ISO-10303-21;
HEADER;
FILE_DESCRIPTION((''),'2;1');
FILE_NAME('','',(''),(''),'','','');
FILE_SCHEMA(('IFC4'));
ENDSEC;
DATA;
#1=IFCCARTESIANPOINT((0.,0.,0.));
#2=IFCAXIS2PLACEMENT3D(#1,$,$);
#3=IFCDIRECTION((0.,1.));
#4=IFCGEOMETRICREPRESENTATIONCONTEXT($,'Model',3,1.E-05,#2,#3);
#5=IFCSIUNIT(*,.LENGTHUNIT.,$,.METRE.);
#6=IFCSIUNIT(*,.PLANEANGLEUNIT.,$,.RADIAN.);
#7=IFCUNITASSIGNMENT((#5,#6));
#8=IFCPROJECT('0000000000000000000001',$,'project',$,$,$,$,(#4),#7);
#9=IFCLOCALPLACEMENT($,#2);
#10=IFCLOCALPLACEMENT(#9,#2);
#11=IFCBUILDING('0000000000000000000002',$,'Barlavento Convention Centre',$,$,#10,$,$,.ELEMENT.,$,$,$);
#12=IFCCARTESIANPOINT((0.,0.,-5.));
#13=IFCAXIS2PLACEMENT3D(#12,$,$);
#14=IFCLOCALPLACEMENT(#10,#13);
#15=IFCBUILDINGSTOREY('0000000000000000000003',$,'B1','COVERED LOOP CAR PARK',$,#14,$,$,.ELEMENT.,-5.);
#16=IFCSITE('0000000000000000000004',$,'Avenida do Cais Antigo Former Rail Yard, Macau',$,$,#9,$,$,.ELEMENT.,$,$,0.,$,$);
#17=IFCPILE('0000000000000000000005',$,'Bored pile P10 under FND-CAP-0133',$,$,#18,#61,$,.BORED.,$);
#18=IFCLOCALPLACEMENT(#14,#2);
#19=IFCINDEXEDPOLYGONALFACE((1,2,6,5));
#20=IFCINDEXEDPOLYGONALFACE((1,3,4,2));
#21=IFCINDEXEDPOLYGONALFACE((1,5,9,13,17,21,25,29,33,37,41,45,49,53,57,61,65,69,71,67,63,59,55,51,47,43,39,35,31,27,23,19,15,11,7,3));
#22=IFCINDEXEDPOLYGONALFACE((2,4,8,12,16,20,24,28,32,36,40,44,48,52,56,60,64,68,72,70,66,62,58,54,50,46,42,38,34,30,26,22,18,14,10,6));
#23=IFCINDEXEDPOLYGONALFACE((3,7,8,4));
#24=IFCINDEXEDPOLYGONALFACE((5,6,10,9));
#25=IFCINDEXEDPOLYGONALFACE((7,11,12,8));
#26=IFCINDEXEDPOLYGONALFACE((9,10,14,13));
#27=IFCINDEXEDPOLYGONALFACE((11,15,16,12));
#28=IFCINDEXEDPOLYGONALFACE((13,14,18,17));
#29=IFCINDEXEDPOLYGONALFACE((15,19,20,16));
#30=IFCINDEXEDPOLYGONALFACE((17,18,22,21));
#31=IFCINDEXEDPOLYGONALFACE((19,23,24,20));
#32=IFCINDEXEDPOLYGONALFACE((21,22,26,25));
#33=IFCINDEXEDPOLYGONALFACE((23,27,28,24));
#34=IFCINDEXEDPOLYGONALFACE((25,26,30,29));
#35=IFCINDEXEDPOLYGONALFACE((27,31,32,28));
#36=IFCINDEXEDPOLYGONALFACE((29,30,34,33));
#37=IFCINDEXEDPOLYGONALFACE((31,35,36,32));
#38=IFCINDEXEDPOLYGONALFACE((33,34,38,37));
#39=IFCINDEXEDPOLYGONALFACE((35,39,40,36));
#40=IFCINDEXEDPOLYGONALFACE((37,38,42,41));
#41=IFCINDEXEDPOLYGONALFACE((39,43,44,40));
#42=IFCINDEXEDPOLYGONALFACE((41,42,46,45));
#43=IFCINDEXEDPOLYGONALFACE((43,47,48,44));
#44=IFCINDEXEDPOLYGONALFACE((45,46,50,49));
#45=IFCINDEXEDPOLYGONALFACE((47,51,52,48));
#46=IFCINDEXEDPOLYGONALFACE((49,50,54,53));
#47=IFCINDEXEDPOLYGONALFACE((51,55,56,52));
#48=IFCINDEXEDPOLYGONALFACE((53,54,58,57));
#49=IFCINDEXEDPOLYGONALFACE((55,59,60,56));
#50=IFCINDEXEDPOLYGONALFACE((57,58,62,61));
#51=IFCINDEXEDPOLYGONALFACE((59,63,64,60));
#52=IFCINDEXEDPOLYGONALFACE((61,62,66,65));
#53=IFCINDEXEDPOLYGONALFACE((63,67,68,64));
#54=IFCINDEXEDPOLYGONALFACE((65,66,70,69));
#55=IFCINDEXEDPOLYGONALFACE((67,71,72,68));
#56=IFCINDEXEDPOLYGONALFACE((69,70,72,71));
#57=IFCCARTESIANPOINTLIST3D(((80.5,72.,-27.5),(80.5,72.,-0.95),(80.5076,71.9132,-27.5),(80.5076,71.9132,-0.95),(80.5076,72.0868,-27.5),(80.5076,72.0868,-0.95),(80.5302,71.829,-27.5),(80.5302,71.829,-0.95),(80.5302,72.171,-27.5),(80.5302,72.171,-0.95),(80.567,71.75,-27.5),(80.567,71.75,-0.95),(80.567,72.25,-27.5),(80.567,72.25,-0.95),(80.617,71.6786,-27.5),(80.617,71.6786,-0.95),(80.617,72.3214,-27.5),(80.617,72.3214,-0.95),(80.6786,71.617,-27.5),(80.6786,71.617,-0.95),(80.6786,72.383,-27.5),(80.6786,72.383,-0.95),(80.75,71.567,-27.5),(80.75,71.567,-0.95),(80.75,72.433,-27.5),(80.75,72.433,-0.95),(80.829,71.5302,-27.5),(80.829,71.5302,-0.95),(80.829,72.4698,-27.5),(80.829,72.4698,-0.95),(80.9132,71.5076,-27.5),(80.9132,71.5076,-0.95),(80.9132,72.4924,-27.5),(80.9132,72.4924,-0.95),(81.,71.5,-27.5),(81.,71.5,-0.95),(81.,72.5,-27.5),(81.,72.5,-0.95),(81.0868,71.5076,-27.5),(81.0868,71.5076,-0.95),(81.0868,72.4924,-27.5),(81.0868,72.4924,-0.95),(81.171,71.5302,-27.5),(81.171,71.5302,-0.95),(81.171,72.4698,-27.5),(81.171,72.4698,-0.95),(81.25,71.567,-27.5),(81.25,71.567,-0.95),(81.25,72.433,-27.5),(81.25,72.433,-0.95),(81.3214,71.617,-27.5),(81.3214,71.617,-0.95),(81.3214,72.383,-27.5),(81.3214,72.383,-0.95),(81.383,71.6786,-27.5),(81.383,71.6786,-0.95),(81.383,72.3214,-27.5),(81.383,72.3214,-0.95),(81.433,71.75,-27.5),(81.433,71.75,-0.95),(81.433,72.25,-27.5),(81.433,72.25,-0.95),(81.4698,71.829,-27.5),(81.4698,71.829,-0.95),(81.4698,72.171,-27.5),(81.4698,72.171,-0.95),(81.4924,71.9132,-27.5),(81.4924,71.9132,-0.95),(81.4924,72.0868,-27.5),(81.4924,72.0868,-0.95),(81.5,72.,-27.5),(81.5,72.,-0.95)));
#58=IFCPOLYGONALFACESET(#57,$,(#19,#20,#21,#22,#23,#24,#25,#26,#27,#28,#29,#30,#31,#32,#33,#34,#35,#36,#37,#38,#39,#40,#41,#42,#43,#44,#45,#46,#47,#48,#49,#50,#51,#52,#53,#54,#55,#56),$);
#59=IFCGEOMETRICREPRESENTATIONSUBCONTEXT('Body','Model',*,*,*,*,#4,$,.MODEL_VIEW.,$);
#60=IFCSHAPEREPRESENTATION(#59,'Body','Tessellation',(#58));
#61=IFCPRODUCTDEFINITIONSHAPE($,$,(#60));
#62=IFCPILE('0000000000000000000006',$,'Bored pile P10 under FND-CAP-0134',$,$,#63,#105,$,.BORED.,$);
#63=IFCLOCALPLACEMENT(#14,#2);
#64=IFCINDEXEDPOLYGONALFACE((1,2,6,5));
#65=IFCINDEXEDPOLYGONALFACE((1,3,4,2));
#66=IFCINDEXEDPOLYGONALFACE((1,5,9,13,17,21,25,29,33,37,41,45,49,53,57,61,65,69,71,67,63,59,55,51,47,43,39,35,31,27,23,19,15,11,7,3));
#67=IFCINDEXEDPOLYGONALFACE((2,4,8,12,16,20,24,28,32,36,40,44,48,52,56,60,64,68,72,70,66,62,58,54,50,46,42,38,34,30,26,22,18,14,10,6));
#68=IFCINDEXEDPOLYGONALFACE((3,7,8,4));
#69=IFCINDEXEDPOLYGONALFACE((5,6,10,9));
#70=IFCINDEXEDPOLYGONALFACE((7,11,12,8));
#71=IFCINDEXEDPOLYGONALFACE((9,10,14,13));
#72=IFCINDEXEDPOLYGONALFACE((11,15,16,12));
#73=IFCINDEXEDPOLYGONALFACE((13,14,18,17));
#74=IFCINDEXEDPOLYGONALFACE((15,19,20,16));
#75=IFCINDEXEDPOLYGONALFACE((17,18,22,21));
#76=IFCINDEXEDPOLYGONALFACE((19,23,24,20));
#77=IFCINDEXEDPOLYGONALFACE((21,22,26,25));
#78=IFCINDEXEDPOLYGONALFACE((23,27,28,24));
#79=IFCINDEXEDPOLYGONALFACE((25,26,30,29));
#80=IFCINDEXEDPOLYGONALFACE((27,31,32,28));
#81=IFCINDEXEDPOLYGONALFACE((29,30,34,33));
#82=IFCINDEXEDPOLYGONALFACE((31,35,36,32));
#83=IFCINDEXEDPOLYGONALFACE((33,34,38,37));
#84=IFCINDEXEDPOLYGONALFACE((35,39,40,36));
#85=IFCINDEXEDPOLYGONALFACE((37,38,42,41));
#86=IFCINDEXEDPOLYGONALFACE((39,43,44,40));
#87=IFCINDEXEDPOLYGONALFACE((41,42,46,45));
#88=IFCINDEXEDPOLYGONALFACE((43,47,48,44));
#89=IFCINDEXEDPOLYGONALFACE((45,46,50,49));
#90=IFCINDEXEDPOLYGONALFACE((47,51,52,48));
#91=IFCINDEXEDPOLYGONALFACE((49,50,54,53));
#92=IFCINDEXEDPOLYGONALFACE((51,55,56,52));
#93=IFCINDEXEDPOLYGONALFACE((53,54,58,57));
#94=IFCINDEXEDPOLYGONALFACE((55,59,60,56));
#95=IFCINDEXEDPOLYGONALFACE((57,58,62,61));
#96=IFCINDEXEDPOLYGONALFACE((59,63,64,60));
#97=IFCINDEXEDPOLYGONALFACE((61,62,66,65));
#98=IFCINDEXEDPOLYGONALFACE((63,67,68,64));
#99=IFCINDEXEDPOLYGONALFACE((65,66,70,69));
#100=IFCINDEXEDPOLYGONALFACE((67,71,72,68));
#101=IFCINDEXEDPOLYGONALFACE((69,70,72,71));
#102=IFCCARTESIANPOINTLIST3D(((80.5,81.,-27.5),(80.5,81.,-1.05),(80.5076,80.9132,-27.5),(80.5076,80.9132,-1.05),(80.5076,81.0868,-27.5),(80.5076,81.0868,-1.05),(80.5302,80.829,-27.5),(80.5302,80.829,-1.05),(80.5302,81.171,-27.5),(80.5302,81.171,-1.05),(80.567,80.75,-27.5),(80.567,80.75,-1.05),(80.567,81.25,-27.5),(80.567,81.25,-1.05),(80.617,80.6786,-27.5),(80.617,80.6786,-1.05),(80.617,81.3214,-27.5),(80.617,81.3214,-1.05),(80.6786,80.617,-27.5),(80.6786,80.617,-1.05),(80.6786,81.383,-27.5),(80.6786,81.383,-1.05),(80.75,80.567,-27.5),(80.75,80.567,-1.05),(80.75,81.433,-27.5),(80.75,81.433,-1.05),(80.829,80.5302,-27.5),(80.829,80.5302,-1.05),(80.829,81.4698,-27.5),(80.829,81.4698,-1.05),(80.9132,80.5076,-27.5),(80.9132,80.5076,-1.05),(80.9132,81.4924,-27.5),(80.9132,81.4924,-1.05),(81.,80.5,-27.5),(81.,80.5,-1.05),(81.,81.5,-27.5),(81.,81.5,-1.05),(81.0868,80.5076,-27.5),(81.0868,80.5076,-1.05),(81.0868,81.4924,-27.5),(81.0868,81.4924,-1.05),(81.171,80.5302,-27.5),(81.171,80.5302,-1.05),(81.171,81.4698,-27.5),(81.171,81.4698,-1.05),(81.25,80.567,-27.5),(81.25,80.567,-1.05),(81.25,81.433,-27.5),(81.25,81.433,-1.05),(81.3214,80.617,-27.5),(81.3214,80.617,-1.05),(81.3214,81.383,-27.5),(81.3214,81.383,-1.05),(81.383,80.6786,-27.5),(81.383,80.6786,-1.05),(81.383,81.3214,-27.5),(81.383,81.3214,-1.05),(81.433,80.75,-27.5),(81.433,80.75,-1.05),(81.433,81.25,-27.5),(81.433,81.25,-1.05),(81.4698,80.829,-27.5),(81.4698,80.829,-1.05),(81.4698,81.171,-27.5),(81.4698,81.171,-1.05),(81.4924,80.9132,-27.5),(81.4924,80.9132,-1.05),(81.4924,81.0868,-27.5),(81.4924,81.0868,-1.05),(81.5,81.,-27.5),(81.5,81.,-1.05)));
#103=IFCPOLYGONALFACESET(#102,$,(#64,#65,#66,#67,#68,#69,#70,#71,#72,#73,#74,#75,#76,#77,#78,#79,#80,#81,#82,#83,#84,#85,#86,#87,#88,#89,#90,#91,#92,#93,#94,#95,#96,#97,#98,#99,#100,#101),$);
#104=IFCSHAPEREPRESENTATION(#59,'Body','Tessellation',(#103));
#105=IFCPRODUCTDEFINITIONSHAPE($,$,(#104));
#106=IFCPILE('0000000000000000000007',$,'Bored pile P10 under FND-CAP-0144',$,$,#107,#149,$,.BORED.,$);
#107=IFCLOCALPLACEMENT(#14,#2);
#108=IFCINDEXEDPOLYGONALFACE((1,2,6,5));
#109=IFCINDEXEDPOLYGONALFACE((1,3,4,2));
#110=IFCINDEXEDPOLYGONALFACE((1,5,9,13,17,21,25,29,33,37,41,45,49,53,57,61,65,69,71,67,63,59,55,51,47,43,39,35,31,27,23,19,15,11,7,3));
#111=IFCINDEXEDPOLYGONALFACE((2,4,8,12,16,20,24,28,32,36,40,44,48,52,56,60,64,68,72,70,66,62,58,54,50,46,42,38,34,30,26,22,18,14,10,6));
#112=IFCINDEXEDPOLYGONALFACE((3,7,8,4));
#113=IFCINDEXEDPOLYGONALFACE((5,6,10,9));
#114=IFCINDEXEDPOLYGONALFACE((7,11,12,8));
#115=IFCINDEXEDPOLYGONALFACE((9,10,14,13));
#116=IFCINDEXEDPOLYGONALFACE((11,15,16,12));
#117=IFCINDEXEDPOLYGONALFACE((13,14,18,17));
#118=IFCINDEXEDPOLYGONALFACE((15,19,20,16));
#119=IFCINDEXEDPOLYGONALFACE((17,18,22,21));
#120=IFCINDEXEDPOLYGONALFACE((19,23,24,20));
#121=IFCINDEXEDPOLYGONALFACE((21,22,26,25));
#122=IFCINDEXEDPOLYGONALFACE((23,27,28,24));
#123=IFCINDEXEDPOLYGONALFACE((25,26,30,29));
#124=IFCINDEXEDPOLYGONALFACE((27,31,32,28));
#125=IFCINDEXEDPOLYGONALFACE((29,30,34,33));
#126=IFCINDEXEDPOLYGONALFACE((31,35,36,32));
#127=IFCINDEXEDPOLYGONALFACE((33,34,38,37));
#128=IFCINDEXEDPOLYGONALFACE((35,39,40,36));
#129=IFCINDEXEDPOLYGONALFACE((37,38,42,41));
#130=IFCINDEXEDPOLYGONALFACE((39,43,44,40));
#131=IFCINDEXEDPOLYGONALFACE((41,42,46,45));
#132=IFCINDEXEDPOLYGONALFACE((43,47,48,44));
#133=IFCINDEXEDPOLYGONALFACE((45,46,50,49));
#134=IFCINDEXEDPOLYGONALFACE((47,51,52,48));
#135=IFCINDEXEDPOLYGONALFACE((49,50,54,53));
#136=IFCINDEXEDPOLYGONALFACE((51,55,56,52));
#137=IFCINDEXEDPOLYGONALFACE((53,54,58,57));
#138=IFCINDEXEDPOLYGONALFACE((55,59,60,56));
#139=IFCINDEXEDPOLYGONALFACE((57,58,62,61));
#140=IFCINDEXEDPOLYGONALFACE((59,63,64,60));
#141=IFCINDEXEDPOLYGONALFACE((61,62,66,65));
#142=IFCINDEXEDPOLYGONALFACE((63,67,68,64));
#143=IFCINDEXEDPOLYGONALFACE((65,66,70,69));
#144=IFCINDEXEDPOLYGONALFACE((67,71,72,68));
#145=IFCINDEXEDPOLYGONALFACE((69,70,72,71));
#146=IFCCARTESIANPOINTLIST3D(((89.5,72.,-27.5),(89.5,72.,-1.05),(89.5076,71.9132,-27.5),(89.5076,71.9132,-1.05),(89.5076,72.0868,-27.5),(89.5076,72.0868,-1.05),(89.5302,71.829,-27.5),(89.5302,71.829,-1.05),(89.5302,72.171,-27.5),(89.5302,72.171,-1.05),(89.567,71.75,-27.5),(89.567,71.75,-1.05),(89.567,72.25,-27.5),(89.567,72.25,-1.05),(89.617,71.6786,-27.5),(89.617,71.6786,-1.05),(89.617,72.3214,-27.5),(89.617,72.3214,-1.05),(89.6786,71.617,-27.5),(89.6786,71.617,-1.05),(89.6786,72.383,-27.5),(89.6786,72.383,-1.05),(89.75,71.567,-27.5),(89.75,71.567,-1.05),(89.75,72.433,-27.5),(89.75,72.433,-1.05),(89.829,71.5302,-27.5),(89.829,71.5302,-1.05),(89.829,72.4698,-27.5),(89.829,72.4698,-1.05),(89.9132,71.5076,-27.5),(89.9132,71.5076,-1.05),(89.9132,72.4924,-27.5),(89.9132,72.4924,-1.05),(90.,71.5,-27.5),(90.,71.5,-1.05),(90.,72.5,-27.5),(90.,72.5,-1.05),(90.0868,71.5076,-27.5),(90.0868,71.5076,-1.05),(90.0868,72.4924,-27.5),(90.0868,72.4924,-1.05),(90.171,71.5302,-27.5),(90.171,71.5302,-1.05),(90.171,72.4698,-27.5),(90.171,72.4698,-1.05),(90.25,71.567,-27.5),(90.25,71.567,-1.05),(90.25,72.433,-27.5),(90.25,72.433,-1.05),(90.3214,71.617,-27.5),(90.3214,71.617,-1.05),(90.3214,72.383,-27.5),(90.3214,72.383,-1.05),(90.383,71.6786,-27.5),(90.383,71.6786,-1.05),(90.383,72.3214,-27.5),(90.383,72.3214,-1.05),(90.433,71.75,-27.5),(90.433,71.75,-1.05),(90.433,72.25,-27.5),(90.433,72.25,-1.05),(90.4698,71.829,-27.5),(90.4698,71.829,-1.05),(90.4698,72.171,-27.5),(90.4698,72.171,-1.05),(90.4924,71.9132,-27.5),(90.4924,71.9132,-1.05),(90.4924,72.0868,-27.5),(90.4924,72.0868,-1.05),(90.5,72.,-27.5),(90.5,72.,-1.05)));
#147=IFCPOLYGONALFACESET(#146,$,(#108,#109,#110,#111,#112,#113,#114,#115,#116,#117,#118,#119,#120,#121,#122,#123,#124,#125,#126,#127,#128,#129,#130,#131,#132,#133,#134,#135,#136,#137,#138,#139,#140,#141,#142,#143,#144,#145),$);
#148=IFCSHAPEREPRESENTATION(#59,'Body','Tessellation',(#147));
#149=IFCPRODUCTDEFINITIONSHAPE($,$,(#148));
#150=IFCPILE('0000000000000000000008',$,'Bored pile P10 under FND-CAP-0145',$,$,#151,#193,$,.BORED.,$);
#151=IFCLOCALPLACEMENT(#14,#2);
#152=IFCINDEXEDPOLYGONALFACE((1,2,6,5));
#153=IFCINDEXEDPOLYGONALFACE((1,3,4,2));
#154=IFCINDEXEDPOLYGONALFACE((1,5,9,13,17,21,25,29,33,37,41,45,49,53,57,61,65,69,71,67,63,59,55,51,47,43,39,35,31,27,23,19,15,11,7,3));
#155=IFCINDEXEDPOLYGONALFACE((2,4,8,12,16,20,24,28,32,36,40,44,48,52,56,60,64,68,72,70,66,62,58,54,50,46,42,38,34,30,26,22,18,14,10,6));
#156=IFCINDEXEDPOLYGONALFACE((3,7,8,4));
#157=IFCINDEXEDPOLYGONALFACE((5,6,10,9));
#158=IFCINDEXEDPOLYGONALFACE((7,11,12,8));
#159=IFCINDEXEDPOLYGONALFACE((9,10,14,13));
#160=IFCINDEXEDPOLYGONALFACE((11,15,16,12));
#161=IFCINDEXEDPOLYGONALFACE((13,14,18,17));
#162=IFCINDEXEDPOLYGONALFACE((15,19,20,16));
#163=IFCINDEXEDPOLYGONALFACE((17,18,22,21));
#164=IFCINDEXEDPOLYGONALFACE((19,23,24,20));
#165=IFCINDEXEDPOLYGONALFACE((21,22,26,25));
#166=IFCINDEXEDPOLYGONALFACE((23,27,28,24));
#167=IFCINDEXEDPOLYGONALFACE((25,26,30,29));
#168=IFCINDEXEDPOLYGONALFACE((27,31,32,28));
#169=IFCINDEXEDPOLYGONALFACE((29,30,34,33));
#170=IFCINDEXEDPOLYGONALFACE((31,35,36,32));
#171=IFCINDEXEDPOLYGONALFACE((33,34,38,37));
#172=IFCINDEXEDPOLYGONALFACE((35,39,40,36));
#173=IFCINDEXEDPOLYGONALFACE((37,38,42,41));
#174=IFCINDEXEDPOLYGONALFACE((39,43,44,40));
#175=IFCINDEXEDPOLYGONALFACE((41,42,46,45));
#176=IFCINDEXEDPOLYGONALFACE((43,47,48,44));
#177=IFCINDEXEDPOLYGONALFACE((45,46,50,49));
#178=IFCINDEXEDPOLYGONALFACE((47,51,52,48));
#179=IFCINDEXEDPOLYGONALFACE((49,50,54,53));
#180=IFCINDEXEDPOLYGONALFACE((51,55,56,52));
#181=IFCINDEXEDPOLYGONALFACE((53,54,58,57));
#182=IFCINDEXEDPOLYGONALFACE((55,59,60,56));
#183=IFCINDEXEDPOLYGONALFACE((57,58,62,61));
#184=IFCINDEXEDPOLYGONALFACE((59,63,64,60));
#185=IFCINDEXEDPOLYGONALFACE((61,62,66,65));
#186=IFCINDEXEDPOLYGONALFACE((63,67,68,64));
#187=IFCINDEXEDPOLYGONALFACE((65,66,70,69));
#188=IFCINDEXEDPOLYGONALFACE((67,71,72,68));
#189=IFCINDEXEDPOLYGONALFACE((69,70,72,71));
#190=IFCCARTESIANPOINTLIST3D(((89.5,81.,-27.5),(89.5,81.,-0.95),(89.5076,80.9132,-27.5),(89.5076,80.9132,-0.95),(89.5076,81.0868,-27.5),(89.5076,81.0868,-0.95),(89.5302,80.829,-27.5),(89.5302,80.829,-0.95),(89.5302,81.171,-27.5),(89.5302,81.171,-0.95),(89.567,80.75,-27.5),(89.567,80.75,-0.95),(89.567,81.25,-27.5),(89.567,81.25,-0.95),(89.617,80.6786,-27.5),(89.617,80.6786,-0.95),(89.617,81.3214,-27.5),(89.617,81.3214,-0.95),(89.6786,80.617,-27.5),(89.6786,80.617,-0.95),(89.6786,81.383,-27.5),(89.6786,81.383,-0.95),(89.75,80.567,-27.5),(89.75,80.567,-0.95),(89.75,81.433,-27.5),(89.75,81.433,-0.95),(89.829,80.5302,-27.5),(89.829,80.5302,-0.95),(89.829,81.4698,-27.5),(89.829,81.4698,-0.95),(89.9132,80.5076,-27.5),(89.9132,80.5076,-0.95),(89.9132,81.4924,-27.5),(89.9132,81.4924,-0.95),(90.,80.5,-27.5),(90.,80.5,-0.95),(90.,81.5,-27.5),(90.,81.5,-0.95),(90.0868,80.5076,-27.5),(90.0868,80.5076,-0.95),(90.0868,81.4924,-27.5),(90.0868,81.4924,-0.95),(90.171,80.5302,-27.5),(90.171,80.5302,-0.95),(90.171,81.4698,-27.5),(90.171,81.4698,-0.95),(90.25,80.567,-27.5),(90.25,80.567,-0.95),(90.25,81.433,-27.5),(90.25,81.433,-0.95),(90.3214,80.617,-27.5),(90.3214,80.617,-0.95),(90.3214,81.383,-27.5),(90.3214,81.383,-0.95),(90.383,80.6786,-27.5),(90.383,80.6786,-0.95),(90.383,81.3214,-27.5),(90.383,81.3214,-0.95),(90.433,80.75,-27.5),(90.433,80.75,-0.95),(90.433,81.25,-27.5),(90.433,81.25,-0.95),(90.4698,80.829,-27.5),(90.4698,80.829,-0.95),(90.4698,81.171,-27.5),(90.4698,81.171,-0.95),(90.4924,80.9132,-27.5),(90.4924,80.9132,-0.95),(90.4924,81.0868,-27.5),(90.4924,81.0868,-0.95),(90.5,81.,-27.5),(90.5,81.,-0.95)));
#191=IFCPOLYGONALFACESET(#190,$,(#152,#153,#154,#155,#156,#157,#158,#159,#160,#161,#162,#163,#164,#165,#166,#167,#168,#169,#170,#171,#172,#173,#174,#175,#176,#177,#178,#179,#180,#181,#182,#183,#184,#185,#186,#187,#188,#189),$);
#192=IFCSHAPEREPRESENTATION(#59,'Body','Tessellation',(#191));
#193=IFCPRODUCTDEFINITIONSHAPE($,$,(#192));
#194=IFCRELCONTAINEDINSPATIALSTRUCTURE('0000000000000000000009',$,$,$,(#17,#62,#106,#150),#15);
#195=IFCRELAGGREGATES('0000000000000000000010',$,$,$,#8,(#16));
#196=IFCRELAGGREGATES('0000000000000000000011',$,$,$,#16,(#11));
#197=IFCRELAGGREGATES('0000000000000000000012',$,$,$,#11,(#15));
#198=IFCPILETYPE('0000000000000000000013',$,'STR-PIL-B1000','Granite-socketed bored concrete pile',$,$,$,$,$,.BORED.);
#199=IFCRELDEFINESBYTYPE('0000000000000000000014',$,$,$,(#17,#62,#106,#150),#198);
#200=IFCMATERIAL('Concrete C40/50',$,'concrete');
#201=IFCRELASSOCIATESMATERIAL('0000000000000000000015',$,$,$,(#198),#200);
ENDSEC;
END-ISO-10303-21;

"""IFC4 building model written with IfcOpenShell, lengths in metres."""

from ifc_helpers import new_model, si_unit, direction, frame, origin, origin_2d, place, context, subcontext, project, spatial, circle, extrude, material, material_profile, profile_set, type_object, element, save


model = new_model("IFC4")

# Units and contexts
model_context = context("Model", 3, precision=1e-05, world=origin(), true_north=direction((0.0, 1.0)))
body_context = subcontext(model_context, "Body", "Model", "MODEL_VIEW")
ifc_project = project(units=[si_unit("LENGTHUNIT", "METRE"), si_unit("PLANEANGLEUNIT", "RADIAN")], contexts=[model_context])

# Site, building, storey
site_placement = place(None, origin())
site = spatial("IfcSite", under=ifc_project, at=site_placement, Name="Avenida do Cais Antigo Former Rail Yard, Macau", CompositionType="ELEMENT", RefElevation=0.0)
building_placement = place(site_placement, origin())
building = spatial("IfcBuilding", under=site, at=building_placement, Name="Barlavento Convention Centre", CompositionType="ELEMENT")
storey_placement = place(building_placement, frame((0.0, 0.0, -5.0)))
storey = spatial("IfcBuildingStorey", under=building, at=storey_placement, Name="B1", Description="COVERED LOOP CAR PARK", CompositionType="ELEMENT", Elevation=-5.0)

# Shared definitions
ifc_material_1 = material(Name="Concrete C40/50", Category="concrete")

# Piles
ifc_material_profile_1 = material_profile(ifc_material_1, circle(Radius=0.5, at=origin_2d()), Name="BORED PILE 1000")
ifc_profile_set_1 = profile_set([ifc_material_profile_1], Name="Concrete C40/50")
pile_type_1 = type_object("IfcPileType", Name="STR-PIL-B1000", Description="Granite-socketed bored concrete pile", PredefinedType="BORED", material=ifc_profile_set_1)
pile_1_placement = place(storey_placement, frame((81.0, 72.0, -0.95), z_axis=(0.0, 0.0, -1.0), x_axis=(1.0, 0.0, 0.0)))
element("IfcPile", 1, at=pile_1_placement, inside=storey, type_object=pile_type_1, Name="Bored pile P10 under FND-CAP-0133", PredefinedType="BORED", context=body_context, shape_type="SweptSolid", body=[
    extrude(circle(Radius=0.5, at=origin_2d()), origin(), (0.0, 0.0, 1.0), 26.55),
])
for number, where, z_axis, x_axis, name in (
    (2, (81.0, 81.0, -1.05), (0.0, 0.0, -1.0), (1.0, 0.0, 0.0), "Bored pile P10 under FND-CAP-0134"),
    (3, (90.0, 72.0, -1.05), (0.0, 0.0, -1.0), (1.0, 0.0, 0.0), "Bored pile P10 under FND-CAP-0144"),
):
    element("IfcPile", number, at=place(storey_placement, frame(where, z_axis=z_axis, x_axis=x_axis)), inside=storey, type_object=pile_type_1, Name=name, PredefinedType="BORED", context=body_context, shape_type="SweptSolid", body=[
        extrude(circle(Radius=0.5, at=origin_2d()), origin(), (0.0, 0.0, 1.0), 26.45),
    ])
pile_2_placement = place(storey_placement, frame((90.0, 81.0, -0.95), z_axis=(0.0, 0.0, -1.0), x_axis=(1.0, 0.0, 0.0)))
element("IfcPile", 4, at=pile_2_placement, inside=storey, type_object=pile_type_1, Name="Bored pile P10 under FND-CAP-0145", PredefinedType="BORED", context=body_context, shape_type="SweptSolid", body=[
    extrude(circle(Radius=0.5, at=origin_2d()), origin(), (0.0, 0.0, 1.0), 26.55),
])

save(model, "model.ifc")
